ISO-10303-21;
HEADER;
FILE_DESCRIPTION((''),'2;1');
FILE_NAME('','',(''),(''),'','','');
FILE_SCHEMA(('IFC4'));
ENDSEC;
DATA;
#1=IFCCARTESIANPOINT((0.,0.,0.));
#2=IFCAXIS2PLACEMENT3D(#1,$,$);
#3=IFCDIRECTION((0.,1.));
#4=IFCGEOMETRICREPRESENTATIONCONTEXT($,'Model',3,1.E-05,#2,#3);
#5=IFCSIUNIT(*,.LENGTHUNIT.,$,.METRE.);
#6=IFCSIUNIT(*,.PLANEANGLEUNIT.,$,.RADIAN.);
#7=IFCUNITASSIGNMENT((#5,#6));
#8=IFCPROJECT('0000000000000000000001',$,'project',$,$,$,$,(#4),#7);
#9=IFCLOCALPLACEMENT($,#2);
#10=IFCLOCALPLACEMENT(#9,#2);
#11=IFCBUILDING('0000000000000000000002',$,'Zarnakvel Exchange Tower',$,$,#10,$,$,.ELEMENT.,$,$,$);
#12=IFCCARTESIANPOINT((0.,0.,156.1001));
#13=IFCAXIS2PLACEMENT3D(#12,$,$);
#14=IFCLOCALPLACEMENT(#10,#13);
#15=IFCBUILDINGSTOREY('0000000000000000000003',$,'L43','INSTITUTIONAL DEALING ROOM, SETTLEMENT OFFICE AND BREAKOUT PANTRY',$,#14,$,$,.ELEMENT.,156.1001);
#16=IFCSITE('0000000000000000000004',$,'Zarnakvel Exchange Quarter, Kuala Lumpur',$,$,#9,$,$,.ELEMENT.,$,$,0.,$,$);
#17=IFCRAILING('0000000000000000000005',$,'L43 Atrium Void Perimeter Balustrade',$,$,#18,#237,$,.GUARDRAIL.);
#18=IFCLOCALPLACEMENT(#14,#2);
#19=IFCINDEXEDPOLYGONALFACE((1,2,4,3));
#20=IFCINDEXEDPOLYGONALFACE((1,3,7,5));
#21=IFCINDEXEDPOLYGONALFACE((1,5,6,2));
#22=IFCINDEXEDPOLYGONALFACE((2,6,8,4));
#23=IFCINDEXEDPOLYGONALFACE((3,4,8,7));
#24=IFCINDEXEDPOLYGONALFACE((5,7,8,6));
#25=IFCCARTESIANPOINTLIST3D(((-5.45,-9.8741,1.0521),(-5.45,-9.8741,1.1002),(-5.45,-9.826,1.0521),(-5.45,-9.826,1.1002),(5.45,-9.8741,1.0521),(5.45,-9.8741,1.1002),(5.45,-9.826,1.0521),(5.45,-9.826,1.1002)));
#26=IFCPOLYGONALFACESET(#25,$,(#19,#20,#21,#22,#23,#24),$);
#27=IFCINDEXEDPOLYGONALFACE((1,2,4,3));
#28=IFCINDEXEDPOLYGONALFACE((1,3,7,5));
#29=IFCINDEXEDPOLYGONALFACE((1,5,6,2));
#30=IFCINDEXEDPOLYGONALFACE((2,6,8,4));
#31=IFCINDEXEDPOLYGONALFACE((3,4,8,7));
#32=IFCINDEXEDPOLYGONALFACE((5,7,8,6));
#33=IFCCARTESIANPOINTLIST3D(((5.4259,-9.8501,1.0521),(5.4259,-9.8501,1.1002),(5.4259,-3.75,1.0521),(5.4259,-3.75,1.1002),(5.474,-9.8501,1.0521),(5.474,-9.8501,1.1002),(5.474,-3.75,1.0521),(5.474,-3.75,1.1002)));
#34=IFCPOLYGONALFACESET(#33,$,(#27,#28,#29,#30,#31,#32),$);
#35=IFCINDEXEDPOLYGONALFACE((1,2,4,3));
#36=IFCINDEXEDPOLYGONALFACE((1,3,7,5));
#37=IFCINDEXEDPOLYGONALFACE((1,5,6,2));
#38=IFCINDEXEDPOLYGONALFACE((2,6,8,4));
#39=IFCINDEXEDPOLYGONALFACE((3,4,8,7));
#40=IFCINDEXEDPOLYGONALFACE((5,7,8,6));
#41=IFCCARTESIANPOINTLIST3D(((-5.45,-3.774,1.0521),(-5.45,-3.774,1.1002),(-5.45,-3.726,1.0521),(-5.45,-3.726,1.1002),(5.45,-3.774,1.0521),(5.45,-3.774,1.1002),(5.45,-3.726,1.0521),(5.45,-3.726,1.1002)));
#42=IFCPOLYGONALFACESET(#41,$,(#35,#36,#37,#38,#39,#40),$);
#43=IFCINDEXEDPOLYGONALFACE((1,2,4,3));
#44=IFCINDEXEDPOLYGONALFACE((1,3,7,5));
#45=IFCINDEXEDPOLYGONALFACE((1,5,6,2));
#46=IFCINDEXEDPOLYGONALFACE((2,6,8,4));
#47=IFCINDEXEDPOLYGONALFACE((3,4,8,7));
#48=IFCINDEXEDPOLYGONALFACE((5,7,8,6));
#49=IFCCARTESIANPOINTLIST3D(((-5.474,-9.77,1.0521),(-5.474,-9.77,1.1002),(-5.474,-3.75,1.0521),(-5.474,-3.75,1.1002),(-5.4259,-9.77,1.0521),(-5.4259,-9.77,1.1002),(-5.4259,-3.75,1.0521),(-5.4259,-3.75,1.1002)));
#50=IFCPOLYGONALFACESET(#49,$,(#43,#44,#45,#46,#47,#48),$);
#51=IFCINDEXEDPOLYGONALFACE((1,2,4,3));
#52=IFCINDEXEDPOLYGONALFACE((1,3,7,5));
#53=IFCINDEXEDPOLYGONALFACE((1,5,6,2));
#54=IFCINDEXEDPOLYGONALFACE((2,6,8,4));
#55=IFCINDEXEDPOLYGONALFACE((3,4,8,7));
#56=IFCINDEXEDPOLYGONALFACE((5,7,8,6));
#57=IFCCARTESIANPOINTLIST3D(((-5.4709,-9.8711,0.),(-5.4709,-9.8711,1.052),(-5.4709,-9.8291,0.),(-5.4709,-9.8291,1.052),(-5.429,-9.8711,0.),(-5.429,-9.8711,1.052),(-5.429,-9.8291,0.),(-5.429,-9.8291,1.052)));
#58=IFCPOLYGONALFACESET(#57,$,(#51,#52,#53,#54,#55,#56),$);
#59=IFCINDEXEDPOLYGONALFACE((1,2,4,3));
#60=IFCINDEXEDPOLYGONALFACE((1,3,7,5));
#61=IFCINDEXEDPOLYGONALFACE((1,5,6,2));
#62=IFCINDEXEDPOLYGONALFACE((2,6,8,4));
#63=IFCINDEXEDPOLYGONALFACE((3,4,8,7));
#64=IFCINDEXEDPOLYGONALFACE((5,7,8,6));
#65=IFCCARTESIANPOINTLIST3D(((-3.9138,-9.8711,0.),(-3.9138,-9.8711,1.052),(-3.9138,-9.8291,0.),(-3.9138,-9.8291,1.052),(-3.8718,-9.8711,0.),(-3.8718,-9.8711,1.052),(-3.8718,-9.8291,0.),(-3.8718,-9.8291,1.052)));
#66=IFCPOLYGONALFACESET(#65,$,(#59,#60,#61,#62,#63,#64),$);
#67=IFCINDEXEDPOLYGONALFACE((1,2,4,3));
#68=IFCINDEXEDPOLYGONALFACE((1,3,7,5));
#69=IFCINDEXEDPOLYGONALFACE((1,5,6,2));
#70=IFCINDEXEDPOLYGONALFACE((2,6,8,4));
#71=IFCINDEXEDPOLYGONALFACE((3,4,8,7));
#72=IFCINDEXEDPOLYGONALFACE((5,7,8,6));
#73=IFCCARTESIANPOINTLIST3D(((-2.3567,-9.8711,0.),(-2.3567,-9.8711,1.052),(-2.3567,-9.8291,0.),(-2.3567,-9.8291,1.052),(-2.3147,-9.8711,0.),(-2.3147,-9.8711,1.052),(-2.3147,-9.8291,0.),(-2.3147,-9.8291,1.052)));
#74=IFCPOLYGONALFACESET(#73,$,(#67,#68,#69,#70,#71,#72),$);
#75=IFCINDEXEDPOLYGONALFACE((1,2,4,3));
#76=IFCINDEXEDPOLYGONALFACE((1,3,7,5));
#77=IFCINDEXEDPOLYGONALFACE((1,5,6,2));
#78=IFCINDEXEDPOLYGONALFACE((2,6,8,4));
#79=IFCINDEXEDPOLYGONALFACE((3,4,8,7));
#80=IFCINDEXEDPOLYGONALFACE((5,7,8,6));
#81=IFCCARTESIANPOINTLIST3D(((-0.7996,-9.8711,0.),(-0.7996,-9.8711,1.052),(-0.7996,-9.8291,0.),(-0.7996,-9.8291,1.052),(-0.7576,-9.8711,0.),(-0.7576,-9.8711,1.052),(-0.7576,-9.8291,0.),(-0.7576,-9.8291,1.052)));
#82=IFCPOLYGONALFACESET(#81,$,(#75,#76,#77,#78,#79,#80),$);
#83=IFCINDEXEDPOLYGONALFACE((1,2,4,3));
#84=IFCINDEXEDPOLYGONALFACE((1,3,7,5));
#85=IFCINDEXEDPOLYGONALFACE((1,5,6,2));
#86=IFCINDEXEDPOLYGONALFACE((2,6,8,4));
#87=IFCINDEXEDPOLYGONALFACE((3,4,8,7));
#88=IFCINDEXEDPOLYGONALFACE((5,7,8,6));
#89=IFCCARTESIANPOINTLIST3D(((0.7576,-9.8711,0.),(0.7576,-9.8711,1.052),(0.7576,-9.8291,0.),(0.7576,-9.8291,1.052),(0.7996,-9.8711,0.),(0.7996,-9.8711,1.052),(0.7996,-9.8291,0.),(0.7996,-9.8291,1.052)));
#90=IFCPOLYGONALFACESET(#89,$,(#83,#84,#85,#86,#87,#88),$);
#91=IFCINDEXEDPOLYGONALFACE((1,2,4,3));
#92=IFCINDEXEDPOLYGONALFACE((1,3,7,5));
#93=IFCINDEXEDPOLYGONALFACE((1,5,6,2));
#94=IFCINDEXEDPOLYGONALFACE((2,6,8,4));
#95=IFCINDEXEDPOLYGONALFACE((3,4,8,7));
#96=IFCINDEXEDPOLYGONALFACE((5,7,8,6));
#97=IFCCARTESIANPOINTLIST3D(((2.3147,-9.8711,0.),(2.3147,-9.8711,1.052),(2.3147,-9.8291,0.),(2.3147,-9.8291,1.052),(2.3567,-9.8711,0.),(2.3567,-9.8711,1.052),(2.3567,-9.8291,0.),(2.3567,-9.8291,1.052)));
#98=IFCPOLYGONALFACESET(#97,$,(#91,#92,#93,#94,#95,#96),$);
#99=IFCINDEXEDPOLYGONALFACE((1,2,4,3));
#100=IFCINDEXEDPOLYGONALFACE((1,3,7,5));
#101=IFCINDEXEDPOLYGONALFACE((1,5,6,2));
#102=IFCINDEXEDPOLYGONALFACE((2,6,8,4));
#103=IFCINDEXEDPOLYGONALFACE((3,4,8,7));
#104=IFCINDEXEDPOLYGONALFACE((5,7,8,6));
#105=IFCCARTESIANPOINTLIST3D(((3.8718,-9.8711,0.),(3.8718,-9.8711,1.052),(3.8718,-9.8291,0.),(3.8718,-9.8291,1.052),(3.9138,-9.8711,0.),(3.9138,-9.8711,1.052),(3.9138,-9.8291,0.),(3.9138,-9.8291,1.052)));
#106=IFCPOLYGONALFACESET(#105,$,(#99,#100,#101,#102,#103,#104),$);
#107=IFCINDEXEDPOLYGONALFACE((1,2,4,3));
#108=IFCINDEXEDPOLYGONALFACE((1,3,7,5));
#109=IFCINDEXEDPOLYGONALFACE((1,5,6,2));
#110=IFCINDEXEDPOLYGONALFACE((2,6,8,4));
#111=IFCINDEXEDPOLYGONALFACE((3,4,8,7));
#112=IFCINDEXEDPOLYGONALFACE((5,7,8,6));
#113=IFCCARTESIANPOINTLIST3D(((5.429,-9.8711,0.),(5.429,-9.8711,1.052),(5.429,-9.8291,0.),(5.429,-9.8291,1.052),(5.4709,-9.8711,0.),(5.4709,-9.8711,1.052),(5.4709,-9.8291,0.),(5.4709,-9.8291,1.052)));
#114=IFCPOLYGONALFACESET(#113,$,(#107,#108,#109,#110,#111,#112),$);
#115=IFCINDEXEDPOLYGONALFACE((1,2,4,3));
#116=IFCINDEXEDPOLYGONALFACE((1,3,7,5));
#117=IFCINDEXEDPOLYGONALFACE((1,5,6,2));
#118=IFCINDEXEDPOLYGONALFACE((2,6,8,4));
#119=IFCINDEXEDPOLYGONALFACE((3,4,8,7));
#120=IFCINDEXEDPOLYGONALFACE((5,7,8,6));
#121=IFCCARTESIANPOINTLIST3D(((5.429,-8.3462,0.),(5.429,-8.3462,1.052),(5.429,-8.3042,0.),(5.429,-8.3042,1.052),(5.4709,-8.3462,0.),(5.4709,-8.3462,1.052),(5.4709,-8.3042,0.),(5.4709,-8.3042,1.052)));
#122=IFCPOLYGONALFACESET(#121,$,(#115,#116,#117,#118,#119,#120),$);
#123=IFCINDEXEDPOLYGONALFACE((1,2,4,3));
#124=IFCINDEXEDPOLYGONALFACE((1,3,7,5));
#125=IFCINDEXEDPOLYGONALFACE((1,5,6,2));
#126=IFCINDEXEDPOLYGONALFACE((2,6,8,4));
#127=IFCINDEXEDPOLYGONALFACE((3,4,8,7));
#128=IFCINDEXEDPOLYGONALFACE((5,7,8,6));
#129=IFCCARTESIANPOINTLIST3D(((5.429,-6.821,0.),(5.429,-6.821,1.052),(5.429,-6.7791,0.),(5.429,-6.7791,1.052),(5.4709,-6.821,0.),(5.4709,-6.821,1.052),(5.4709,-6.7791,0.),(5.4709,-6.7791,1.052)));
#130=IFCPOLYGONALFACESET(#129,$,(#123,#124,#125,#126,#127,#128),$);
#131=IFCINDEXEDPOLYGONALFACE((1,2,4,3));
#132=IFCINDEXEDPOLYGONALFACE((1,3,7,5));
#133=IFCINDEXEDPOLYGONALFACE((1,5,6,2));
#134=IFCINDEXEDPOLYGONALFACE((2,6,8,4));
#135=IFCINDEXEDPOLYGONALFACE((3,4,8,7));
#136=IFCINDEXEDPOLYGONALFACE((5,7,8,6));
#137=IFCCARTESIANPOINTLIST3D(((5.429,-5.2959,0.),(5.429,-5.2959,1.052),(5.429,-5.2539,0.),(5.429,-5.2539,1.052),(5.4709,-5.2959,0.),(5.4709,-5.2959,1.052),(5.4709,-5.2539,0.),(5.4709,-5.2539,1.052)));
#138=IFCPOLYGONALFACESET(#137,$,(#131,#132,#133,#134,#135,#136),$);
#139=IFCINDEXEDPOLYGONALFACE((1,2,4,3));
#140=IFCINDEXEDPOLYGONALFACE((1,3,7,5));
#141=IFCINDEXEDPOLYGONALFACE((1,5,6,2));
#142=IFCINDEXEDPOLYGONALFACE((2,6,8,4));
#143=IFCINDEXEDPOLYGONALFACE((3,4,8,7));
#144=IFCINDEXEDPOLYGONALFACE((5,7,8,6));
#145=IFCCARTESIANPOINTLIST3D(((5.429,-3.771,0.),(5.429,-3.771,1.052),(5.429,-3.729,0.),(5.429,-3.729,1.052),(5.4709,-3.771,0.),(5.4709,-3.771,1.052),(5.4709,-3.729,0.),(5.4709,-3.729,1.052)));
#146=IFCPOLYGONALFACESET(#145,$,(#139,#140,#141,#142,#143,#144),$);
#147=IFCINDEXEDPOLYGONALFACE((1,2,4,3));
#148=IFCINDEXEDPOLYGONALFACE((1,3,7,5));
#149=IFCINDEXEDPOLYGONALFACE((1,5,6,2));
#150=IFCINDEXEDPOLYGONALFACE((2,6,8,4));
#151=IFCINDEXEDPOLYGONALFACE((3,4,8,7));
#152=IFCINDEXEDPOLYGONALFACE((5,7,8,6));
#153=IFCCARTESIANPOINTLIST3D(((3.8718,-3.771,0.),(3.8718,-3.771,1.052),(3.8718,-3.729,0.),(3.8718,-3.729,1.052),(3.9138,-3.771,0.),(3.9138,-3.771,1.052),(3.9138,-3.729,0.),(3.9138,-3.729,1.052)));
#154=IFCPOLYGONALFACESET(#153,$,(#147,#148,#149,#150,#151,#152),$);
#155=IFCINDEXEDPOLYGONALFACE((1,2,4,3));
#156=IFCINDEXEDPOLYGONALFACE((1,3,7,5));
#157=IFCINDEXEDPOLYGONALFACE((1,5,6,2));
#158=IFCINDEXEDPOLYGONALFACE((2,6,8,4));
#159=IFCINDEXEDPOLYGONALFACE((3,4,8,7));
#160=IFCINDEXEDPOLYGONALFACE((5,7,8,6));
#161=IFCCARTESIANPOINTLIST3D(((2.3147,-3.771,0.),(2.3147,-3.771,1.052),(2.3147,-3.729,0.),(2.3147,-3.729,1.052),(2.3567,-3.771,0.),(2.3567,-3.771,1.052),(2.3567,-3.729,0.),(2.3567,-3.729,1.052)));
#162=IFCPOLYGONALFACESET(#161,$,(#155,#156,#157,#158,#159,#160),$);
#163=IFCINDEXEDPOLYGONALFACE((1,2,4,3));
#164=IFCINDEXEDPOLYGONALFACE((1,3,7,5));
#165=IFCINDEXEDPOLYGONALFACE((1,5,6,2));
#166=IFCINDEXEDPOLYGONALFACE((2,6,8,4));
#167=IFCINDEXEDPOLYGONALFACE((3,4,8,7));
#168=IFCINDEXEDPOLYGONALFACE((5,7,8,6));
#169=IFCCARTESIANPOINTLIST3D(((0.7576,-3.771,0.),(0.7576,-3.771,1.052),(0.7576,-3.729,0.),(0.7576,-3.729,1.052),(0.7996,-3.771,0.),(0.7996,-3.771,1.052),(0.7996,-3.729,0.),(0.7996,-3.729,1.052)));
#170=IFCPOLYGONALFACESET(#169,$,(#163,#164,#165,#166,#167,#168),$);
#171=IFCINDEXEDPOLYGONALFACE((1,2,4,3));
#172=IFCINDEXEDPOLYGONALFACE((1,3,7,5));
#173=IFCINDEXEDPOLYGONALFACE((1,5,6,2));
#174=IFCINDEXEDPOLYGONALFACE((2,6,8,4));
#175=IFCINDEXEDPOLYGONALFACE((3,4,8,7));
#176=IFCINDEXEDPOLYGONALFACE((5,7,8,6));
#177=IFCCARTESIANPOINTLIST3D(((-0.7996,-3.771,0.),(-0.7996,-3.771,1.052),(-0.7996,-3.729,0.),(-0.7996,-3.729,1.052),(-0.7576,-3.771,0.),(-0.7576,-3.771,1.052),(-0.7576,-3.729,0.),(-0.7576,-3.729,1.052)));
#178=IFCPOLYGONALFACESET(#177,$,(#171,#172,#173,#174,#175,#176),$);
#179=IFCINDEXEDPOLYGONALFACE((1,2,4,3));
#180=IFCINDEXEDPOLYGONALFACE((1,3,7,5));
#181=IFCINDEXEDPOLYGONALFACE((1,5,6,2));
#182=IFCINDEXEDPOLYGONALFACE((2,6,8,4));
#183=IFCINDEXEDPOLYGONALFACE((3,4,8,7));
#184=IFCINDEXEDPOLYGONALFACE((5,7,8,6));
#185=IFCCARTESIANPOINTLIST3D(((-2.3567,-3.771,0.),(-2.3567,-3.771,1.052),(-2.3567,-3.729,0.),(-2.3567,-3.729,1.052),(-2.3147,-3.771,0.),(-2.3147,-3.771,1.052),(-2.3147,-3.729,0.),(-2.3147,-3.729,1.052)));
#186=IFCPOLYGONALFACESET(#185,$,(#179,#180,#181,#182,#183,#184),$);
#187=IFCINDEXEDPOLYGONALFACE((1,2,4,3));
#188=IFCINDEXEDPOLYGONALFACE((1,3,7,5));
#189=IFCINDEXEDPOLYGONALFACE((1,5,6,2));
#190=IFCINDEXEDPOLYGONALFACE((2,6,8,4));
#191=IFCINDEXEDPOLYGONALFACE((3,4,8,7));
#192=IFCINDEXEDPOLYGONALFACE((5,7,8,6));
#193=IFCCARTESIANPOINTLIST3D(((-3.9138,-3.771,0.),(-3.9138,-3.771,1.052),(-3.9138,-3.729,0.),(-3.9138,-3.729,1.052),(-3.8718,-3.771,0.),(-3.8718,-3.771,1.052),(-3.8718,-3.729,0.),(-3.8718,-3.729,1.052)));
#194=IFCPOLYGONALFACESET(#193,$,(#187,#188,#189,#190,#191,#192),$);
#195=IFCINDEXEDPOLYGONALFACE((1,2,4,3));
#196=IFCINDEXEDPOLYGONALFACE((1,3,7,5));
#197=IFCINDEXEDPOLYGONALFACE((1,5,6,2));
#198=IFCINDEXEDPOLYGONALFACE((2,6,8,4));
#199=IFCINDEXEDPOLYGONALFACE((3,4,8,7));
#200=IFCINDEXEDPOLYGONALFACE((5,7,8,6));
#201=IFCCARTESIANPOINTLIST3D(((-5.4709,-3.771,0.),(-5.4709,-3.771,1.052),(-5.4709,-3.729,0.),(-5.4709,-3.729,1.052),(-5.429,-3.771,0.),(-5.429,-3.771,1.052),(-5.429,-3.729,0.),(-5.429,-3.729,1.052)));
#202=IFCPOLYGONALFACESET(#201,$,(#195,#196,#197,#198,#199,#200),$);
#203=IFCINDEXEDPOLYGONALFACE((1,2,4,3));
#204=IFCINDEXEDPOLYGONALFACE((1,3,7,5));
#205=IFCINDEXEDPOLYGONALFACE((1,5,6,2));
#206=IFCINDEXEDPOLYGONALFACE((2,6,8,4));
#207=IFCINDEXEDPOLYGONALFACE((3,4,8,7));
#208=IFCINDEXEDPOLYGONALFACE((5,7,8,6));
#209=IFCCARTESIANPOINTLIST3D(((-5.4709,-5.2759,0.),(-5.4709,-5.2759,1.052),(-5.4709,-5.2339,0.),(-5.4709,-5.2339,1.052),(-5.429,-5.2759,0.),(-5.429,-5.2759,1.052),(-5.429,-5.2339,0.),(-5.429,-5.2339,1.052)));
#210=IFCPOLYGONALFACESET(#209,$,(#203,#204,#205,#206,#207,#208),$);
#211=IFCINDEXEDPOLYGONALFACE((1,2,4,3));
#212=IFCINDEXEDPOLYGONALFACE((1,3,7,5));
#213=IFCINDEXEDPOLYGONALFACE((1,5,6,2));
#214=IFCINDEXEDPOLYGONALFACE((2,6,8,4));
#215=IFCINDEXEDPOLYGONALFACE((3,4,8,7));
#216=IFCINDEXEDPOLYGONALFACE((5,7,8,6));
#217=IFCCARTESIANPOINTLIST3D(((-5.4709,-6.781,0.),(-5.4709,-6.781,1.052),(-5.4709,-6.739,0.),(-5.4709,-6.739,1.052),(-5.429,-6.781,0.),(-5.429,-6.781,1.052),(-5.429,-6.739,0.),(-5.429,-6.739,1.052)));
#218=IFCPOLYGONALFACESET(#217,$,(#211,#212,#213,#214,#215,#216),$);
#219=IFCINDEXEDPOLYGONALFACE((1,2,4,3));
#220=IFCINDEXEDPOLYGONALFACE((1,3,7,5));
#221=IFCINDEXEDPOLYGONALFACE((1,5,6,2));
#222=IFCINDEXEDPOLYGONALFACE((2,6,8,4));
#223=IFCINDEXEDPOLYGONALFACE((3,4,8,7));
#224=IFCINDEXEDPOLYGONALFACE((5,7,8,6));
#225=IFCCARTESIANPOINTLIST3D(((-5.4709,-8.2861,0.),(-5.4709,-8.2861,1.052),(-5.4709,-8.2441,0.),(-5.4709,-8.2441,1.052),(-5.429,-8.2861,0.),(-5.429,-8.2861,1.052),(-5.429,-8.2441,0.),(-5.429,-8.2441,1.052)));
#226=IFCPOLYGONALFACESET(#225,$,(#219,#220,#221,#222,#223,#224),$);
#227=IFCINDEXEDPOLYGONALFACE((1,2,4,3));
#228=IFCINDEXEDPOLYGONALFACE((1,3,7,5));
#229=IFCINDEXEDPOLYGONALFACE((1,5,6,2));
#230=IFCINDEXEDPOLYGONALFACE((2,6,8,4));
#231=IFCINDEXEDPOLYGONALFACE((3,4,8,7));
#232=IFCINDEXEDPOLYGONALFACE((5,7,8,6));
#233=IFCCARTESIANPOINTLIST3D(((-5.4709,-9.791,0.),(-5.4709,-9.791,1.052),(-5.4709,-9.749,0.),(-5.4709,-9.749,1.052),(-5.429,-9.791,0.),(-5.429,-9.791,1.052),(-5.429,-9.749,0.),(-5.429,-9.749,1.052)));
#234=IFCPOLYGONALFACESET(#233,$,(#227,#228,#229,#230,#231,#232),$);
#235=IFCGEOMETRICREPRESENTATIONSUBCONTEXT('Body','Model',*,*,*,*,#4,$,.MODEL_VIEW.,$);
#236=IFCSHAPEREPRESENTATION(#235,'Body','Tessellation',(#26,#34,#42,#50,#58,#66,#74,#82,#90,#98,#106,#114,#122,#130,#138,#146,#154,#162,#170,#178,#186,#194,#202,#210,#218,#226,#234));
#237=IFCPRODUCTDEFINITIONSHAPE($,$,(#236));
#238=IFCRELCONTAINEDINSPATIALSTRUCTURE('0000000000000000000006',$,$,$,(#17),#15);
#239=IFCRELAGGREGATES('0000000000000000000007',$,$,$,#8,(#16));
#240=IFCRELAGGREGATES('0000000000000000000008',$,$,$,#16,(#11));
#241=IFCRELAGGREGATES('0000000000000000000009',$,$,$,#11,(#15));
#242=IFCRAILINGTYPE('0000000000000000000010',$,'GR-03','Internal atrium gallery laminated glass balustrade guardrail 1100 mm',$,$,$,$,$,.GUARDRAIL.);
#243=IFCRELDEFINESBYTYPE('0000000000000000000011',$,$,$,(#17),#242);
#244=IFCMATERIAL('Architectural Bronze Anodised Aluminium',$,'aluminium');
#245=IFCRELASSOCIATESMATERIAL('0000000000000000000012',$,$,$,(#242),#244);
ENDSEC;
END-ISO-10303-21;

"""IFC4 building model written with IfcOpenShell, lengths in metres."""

from ifc_helpers import new_model, si_unit, direction, frame, origin, origin_2d, place, context, subcontext, project, spatial, rectangle, extrude, material, type_object, element, save


model = new_model("IFC4")

# Units and contexts
model_context = context("Model", 3, precision=1e-05, world=origin(), true_north=direction((0.0, 1.0)))
body_context = subcontext(model_context, "Body", "Model", "MODEL_VIEW")
ifc_project = project(units=[si_unit("LENGTHUNIT", "METRE"), si_unit("PLANEANGLEUNIT", "RADIAN")], contexts=[model_context])

# Site, building, storey
site_placement = place(None, origin())
site = spatial("IfcSite", under=ifc_project, at=site_placement, Name="Zarnakvel Exchange Quarter, Kuala Lumpur", CompositionType="ELEMENT", RefElevation=0.0)
building_placement = place(site_placement, origin())
building = spatial("IfcBuilding", under=site, at=building_placement, Name="Zarnakvel Exchange Tower", CompositionType="ELEMENT")
storey_placement = place(building_placement, frame((0.0, 0.0, 156.1001)))
storey = spatial("IfcBuildingStorey", under=building, at=storey_placement, Name="L43", Description="INSTITUTIONAL DEALING ROOM, SETTLEMENT OFFICE AND BREAKOUT PANTRY", CompositionType="ELEMENT", Elevation=156.1001)

# Railing
ifc_material_1 = material(Name="Architectural Bronze Anodised Aluminium", Category="aluminium")
railing_type = type_object("IfcRailingType", Name="GR-03", Description="Internal atrium gallery laminated glass balustrade guardrail 1100 mm", PredefinedType="GUARDRAIL", material=ifc_material_1)
railing_placement = place(storey_placement, frame((-5.45, -9.8501, 0.0)))
element("IfcRailing", 1, at=railing_placement, inside=storey, type_object=railing_type, Name="L43 Atrium Void Perimeter Balustrade", PredefinedType="GUARDRAIL", context=body_context, shape_type="SweptSolid", body=[
    extrude(rectangle(XDim=0.0481, YDim=0.0481, at=origin_2d()), frame((0.0, 0.0, 1.0762), z_axis=(1.0, 0.0, 0.0), x_axis=(0.0, 1.0, 0.0)), (0.0, 0.0, 1.0), 10.8999),
    extrude(rectangle(XDim=0.0481, YDim=0.0481, at=origin_2d()), frame((10.8999, 0.0, 1.0762), z_axis=(0.0, 1.0, 0.0), x_axis=(-1.0, 0.0, 0.0)), (0.0, 0.0, 1.0), 6.1001),
    extrude(rectangle(XDim=0.0481, YDim=0.0481, at=origin_2d()), frame((10.8999, 6.1001, 1.0762), z_axis=(-1.0, 0.0, 0.0), x_axis=(0.0, -1.0, 0.0)), (0.0, 0.0, 1.0), 10.8999),
    extrude(rectangle(XDim=0.0481, YDim=0.0481, at=origin_2d()), frame((0.0, 6.1001, 1.0762), z_axis=(0.0, -1.0, 0.0), x_axis=(1.0, 0.0, 0.0)), (0.0, 0.0, 1.0), 6.02),
    extrude(rectangle(XDim=0.042, YDim=0.042, at=origin_2d()), origin(), (0.0, 0.0, 1.0), 1.052),
    extrude(rectangle(XDim=0.042, YDim=0.042, at=origin_2d()), frame((1.5571, 0.0, 0.0)), (0.0, 0.0, 1.0), 1.052),
    extrude(rectangle(XDim=0.042, YDim=0.042, at=origin_2d()), frame((3.1143, 0.0, 0.0)), (0.0, 0.0, 1.0), 1.052),
    extrude(rectangle(XDim=0.042, YDim=0.042, at=origin_2d()), frame((4.6714, 0.0, 0.0)), (0.0, 0.0, 1.0), 1.052),
    extrude(rectangle(XDim=0.042, YDim=0.042, at=origin_2d()), frame((6.2285, 0.0, 0.0)), (0.0, 0.0, 1.0), 1.052),
    extrude(rectangle(XDim=0.042, YDim=0.042, at=origin_2d()), frame((7.7856, 0.0, 0.0)), (0.0, 0.0, 1.0), 1.052),
    extrude(rectangle(XDim=0.042, YDim=0.042, at=origin_2d()), frame((9.3428, 0.0, 0.0)), (0.0, 0.0, 1.0), 1.052),
    extrude(rectangle(XDim=0.042, YDim=0.042, at=origin_2d()), frame((10.8999, 0.0, 0.0)), (0.0, 0.0, 1.0), 1.052),
    extrude(rectangle(XDim=0.042, YDim=0.042, at=origin_2d()), frame((10.8999, 1.5249, 0.0)), (0.0, 0.0, 1.0), 1.052),
    extrude(rectangle(XDim=0.042, YDim=0.042, at=origin_2d()), frame((10.8999, 3.05, 0.0)), (0.0, 0.0, 1.0), 1.052),
    extrude(rectangle(XDim=0.042, YDim=0.042, at=origin_2d()), frame((10.8999, 4.5752, 0.0)), (0.0, 0.0, 1.0), 1.052),
    extrude(rectangle(XDim=0.042, YDim=0.042, at=origin_2d()), frame((10.8999, 6.1001, 0.0)), (0.0, 0.0, 1.0), 1.052),
    extrude(rectangle(XDim=0.042, YDim=0.042, at=origin_2d()), frame((9.3428, 6.1001, 0.0)), (0.0, 0.0, 1.0), 1.052),
    extrude(rectangle(XDim=0.042, YDim=0.042, at=origin_2d()), frame((7.7856, 6.1001, 0.0)), (0.0, 0.0, 1.0), 1.052),
    extrude(rectangle(XDim=0.042, YDim=0.042, at=origin_2d()), frame((6.2285, 6.1001, 0.0)), (0.0, 0.0, 1.0), 1.052),
    extrude(rectangle(XDim=0.042, YDim=0.042, at=origin_2d()), frame((4.6714, 6.1001, 0.0)), (0.0, 0.0, 1.0), 1.052),
    extrude(rectangle(XDim=0.042, YDim=0.042, at=origin_2d()), frame((3.1143, 6.1001, 0.0)), (0.0, 0.0, 1.0), 1.052),
    extrude(rectangle(XDim=0.042, YDim=0.042, at=origin_2d()), frame((1.5571, 6.1001, 0.0)), (0.0, 0.0, 1.0), 1.052),
    extrude(rectangle(XDim=0.042, YDim=0.042, at=origin_2d()), frame((0.0, 6.1001, 0.0)), (0.0, 0.0, 1.0), 1.052),
    extrude(rectangle(XDim=0.042, YDim=0.042, at=origin_2d()), frame((0.0, 4.5952, 0.0)), (0.0, 0.0, 1.0), 1.052),
    extrude(rectangle(XDim=0.042, YDim=0.042, at=origin_2d()), frame((0.0, 3.0901, 0.0)), (0.0, 0.0, 1.0), 1.052),
    extrude(rectangle(XDim=0.042, YDim=0.042, at=origin_2d()), frame((0.0, 1.585, 0.0)), (0.0, 0.0, 1.0), 1.052),
    extrude(rectangle(XDim=0.042, YDim=0.042, at=origin_2d()), frame((0.0, 0.0801, 0.0)), (0.0, 0.0, 1.0), 1.052),
])

save(model, "model.ifc")
